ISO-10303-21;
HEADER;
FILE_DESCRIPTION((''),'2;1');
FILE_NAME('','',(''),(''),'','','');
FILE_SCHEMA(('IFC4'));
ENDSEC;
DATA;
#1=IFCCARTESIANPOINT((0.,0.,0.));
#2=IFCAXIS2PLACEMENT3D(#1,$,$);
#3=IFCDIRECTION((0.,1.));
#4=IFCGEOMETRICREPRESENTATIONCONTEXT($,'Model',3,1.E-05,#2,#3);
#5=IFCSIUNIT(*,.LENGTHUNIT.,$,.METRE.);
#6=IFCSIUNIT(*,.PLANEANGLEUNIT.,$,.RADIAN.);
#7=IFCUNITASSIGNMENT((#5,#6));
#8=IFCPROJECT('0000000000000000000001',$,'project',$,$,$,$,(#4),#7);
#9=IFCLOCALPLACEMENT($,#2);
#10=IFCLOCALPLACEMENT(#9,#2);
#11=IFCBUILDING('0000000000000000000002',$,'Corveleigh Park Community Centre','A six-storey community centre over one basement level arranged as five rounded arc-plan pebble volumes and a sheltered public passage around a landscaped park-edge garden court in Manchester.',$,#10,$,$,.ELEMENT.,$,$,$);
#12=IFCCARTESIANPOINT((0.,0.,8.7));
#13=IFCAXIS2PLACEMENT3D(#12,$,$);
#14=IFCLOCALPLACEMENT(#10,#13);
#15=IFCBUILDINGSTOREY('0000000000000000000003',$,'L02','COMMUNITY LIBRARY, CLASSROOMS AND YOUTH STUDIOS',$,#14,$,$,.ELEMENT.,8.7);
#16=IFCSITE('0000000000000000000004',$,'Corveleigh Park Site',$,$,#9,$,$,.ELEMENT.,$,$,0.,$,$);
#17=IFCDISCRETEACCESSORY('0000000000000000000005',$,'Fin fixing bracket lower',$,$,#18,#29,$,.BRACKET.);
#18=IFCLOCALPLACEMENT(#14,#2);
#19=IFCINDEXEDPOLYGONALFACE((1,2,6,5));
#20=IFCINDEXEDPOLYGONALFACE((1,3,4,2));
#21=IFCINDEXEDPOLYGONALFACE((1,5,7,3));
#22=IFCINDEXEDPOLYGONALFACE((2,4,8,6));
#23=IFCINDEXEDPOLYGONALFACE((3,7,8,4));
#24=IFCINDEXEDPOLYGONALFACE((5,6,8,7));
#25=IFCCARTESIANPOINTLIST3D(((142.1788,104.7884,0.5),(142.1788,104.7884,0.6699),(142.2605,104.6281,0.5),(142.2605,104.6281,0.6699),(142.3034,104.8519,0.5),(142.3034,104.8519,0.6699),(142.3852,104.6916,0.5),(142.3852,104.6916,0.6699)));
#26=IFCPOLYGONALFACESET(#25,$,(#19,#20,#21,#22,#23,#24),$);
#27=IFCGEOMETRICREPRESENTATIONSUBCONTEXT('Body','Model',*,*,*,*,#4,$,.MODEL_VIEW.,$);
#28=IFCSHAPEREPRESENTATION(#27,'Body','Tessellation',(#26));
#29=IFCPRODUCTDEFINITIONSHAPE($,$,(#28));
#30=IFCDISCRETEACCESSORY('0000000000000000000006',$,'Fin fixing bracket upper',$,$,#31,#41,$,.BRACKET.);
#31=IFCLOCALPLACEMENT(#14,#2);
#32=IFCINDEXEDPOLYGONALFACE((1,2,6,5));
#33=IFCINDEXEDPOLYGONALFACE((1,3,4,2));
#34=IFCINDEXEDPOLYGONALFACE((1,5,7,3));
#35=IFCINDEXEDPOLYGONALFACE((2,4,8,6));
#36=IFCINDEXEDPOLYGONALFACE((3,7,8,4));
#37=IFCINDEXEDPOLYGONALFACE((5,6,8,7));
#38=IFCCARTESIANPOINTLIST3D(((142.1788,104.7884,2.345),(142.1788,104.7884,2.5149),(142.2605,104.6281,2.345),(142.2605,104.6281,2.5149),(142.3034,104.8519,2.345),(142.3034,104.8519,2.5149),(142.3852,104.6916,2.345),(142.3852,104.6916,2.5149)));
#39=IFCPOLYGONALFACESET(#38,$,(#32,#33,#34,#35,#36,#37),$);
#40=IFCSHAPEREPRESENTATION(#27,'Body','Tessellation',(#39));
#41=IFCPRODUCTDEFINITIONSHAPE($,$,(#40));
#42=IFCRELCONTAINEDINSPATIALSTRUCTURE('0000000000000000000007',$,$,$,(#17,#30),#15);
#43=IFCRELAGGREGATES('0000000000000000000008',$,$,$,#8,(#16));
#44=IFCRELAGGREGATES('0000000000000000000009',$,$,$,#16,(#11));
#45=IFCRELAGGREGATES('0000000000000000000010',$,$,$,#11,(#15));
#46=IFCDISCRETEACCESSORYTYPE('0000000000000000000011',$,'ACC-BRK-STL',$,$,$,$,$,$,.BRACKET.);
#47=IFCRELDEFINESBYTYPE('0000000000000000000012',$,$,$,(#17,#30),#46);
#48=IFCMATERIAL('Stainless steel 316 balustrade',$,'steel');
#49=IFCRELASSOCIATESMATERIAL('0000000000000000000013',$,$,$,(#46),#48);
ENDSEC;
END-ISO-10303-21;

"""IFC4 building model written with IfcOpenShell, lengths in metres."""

from ifc_helpers import new_model, si_unit, direction, frame, origin, origin_2d, place, context, subcontext, project, spatial, rectangle, extrude, material, type_object, element, save


model = new_model("IFC4")

# Units and contexts
model_context = context("Model", 3, precision=1e-05, world=origin(), true_north=direction((0.0, 1.0)))
body_context = subcontext(model_context, "Body", "Model", "MODEL_VIEW")
ifc_project = project(units=[si_unit("LENGTHUNIT", "METRE"), si_unit("PLANEANGLEUNIT", "RADIAN")], contexts=[model_context])

# Site, building, storey
site_placement = place(None, origin())
site = spatial("IfcSite", under=ifc_project, at=site_placement, Name="Corveleigh Park Site", CompositionType="ELEMENT", RefElevation=0.0)
building_placement = place(site_placement, origin())
building = spatial("IfcBuilding", under=site, at=building_placement, Name="Corveleigh Park Community Centre", Description="A six-storey community centre over one basement level arranged as five rounded arc-plan pebble volumes and a sheltered public passage around a landscaped park-edge garden court in Manchester.", CompositionType="ELEMENT")
storey_placement = place(building_placement, frame((0.0, 0.0, 8.7)))
storey = spatial("IfcBuildingStorey", under=building, at=storey_placement, Name="L02", Description="COMMUNITY LIBRARY, CLASSROOMS AND YOUTH STUDIOS", CompositionType="ELEMENT", Elevation=8.7)

# Discrete accessories
ifc_material_1 = material(Name="Stainless steel 316 balustrade", Category="steel")
discrete_accessory_type = type_object("IfcDiscreteAccessoryType", Name="ACC-BRK-STL", PredefinedType="BRACKET", material=ifc_material_1)
for number, where, z_axis, x_axis, name in (
    (1, (142.282, 104.74, 0.5), (0.0, 0.0, 1.0), (-0.454154, 0.890923, 0.0), "Fin fixing bracket lower"),
    (2, (142.282, 104.74, 2.345), (0.0, 0.0, 1.0), (-0.454154, 0.890923, 0.0), "Fin fixing bracket upper"),
):
    element("IfcDiscreteAccessory", number, at=place(storey_placement, frame(where, z_axis=z_axis, x_axis=x_axis)), inside=storey, type_object=discrete_accessory_type, Name=name, PredefinedType="BRACKET", context=body_context, shape_type="SweptSolid", body=[
        extrude(rectangle(XDim=0.1799, YDim=0.1399, at=origin_2d()), origin(), (0.0, 0.0, 1.0), 0.1699),
    ])

save(model, "model.ifc")
